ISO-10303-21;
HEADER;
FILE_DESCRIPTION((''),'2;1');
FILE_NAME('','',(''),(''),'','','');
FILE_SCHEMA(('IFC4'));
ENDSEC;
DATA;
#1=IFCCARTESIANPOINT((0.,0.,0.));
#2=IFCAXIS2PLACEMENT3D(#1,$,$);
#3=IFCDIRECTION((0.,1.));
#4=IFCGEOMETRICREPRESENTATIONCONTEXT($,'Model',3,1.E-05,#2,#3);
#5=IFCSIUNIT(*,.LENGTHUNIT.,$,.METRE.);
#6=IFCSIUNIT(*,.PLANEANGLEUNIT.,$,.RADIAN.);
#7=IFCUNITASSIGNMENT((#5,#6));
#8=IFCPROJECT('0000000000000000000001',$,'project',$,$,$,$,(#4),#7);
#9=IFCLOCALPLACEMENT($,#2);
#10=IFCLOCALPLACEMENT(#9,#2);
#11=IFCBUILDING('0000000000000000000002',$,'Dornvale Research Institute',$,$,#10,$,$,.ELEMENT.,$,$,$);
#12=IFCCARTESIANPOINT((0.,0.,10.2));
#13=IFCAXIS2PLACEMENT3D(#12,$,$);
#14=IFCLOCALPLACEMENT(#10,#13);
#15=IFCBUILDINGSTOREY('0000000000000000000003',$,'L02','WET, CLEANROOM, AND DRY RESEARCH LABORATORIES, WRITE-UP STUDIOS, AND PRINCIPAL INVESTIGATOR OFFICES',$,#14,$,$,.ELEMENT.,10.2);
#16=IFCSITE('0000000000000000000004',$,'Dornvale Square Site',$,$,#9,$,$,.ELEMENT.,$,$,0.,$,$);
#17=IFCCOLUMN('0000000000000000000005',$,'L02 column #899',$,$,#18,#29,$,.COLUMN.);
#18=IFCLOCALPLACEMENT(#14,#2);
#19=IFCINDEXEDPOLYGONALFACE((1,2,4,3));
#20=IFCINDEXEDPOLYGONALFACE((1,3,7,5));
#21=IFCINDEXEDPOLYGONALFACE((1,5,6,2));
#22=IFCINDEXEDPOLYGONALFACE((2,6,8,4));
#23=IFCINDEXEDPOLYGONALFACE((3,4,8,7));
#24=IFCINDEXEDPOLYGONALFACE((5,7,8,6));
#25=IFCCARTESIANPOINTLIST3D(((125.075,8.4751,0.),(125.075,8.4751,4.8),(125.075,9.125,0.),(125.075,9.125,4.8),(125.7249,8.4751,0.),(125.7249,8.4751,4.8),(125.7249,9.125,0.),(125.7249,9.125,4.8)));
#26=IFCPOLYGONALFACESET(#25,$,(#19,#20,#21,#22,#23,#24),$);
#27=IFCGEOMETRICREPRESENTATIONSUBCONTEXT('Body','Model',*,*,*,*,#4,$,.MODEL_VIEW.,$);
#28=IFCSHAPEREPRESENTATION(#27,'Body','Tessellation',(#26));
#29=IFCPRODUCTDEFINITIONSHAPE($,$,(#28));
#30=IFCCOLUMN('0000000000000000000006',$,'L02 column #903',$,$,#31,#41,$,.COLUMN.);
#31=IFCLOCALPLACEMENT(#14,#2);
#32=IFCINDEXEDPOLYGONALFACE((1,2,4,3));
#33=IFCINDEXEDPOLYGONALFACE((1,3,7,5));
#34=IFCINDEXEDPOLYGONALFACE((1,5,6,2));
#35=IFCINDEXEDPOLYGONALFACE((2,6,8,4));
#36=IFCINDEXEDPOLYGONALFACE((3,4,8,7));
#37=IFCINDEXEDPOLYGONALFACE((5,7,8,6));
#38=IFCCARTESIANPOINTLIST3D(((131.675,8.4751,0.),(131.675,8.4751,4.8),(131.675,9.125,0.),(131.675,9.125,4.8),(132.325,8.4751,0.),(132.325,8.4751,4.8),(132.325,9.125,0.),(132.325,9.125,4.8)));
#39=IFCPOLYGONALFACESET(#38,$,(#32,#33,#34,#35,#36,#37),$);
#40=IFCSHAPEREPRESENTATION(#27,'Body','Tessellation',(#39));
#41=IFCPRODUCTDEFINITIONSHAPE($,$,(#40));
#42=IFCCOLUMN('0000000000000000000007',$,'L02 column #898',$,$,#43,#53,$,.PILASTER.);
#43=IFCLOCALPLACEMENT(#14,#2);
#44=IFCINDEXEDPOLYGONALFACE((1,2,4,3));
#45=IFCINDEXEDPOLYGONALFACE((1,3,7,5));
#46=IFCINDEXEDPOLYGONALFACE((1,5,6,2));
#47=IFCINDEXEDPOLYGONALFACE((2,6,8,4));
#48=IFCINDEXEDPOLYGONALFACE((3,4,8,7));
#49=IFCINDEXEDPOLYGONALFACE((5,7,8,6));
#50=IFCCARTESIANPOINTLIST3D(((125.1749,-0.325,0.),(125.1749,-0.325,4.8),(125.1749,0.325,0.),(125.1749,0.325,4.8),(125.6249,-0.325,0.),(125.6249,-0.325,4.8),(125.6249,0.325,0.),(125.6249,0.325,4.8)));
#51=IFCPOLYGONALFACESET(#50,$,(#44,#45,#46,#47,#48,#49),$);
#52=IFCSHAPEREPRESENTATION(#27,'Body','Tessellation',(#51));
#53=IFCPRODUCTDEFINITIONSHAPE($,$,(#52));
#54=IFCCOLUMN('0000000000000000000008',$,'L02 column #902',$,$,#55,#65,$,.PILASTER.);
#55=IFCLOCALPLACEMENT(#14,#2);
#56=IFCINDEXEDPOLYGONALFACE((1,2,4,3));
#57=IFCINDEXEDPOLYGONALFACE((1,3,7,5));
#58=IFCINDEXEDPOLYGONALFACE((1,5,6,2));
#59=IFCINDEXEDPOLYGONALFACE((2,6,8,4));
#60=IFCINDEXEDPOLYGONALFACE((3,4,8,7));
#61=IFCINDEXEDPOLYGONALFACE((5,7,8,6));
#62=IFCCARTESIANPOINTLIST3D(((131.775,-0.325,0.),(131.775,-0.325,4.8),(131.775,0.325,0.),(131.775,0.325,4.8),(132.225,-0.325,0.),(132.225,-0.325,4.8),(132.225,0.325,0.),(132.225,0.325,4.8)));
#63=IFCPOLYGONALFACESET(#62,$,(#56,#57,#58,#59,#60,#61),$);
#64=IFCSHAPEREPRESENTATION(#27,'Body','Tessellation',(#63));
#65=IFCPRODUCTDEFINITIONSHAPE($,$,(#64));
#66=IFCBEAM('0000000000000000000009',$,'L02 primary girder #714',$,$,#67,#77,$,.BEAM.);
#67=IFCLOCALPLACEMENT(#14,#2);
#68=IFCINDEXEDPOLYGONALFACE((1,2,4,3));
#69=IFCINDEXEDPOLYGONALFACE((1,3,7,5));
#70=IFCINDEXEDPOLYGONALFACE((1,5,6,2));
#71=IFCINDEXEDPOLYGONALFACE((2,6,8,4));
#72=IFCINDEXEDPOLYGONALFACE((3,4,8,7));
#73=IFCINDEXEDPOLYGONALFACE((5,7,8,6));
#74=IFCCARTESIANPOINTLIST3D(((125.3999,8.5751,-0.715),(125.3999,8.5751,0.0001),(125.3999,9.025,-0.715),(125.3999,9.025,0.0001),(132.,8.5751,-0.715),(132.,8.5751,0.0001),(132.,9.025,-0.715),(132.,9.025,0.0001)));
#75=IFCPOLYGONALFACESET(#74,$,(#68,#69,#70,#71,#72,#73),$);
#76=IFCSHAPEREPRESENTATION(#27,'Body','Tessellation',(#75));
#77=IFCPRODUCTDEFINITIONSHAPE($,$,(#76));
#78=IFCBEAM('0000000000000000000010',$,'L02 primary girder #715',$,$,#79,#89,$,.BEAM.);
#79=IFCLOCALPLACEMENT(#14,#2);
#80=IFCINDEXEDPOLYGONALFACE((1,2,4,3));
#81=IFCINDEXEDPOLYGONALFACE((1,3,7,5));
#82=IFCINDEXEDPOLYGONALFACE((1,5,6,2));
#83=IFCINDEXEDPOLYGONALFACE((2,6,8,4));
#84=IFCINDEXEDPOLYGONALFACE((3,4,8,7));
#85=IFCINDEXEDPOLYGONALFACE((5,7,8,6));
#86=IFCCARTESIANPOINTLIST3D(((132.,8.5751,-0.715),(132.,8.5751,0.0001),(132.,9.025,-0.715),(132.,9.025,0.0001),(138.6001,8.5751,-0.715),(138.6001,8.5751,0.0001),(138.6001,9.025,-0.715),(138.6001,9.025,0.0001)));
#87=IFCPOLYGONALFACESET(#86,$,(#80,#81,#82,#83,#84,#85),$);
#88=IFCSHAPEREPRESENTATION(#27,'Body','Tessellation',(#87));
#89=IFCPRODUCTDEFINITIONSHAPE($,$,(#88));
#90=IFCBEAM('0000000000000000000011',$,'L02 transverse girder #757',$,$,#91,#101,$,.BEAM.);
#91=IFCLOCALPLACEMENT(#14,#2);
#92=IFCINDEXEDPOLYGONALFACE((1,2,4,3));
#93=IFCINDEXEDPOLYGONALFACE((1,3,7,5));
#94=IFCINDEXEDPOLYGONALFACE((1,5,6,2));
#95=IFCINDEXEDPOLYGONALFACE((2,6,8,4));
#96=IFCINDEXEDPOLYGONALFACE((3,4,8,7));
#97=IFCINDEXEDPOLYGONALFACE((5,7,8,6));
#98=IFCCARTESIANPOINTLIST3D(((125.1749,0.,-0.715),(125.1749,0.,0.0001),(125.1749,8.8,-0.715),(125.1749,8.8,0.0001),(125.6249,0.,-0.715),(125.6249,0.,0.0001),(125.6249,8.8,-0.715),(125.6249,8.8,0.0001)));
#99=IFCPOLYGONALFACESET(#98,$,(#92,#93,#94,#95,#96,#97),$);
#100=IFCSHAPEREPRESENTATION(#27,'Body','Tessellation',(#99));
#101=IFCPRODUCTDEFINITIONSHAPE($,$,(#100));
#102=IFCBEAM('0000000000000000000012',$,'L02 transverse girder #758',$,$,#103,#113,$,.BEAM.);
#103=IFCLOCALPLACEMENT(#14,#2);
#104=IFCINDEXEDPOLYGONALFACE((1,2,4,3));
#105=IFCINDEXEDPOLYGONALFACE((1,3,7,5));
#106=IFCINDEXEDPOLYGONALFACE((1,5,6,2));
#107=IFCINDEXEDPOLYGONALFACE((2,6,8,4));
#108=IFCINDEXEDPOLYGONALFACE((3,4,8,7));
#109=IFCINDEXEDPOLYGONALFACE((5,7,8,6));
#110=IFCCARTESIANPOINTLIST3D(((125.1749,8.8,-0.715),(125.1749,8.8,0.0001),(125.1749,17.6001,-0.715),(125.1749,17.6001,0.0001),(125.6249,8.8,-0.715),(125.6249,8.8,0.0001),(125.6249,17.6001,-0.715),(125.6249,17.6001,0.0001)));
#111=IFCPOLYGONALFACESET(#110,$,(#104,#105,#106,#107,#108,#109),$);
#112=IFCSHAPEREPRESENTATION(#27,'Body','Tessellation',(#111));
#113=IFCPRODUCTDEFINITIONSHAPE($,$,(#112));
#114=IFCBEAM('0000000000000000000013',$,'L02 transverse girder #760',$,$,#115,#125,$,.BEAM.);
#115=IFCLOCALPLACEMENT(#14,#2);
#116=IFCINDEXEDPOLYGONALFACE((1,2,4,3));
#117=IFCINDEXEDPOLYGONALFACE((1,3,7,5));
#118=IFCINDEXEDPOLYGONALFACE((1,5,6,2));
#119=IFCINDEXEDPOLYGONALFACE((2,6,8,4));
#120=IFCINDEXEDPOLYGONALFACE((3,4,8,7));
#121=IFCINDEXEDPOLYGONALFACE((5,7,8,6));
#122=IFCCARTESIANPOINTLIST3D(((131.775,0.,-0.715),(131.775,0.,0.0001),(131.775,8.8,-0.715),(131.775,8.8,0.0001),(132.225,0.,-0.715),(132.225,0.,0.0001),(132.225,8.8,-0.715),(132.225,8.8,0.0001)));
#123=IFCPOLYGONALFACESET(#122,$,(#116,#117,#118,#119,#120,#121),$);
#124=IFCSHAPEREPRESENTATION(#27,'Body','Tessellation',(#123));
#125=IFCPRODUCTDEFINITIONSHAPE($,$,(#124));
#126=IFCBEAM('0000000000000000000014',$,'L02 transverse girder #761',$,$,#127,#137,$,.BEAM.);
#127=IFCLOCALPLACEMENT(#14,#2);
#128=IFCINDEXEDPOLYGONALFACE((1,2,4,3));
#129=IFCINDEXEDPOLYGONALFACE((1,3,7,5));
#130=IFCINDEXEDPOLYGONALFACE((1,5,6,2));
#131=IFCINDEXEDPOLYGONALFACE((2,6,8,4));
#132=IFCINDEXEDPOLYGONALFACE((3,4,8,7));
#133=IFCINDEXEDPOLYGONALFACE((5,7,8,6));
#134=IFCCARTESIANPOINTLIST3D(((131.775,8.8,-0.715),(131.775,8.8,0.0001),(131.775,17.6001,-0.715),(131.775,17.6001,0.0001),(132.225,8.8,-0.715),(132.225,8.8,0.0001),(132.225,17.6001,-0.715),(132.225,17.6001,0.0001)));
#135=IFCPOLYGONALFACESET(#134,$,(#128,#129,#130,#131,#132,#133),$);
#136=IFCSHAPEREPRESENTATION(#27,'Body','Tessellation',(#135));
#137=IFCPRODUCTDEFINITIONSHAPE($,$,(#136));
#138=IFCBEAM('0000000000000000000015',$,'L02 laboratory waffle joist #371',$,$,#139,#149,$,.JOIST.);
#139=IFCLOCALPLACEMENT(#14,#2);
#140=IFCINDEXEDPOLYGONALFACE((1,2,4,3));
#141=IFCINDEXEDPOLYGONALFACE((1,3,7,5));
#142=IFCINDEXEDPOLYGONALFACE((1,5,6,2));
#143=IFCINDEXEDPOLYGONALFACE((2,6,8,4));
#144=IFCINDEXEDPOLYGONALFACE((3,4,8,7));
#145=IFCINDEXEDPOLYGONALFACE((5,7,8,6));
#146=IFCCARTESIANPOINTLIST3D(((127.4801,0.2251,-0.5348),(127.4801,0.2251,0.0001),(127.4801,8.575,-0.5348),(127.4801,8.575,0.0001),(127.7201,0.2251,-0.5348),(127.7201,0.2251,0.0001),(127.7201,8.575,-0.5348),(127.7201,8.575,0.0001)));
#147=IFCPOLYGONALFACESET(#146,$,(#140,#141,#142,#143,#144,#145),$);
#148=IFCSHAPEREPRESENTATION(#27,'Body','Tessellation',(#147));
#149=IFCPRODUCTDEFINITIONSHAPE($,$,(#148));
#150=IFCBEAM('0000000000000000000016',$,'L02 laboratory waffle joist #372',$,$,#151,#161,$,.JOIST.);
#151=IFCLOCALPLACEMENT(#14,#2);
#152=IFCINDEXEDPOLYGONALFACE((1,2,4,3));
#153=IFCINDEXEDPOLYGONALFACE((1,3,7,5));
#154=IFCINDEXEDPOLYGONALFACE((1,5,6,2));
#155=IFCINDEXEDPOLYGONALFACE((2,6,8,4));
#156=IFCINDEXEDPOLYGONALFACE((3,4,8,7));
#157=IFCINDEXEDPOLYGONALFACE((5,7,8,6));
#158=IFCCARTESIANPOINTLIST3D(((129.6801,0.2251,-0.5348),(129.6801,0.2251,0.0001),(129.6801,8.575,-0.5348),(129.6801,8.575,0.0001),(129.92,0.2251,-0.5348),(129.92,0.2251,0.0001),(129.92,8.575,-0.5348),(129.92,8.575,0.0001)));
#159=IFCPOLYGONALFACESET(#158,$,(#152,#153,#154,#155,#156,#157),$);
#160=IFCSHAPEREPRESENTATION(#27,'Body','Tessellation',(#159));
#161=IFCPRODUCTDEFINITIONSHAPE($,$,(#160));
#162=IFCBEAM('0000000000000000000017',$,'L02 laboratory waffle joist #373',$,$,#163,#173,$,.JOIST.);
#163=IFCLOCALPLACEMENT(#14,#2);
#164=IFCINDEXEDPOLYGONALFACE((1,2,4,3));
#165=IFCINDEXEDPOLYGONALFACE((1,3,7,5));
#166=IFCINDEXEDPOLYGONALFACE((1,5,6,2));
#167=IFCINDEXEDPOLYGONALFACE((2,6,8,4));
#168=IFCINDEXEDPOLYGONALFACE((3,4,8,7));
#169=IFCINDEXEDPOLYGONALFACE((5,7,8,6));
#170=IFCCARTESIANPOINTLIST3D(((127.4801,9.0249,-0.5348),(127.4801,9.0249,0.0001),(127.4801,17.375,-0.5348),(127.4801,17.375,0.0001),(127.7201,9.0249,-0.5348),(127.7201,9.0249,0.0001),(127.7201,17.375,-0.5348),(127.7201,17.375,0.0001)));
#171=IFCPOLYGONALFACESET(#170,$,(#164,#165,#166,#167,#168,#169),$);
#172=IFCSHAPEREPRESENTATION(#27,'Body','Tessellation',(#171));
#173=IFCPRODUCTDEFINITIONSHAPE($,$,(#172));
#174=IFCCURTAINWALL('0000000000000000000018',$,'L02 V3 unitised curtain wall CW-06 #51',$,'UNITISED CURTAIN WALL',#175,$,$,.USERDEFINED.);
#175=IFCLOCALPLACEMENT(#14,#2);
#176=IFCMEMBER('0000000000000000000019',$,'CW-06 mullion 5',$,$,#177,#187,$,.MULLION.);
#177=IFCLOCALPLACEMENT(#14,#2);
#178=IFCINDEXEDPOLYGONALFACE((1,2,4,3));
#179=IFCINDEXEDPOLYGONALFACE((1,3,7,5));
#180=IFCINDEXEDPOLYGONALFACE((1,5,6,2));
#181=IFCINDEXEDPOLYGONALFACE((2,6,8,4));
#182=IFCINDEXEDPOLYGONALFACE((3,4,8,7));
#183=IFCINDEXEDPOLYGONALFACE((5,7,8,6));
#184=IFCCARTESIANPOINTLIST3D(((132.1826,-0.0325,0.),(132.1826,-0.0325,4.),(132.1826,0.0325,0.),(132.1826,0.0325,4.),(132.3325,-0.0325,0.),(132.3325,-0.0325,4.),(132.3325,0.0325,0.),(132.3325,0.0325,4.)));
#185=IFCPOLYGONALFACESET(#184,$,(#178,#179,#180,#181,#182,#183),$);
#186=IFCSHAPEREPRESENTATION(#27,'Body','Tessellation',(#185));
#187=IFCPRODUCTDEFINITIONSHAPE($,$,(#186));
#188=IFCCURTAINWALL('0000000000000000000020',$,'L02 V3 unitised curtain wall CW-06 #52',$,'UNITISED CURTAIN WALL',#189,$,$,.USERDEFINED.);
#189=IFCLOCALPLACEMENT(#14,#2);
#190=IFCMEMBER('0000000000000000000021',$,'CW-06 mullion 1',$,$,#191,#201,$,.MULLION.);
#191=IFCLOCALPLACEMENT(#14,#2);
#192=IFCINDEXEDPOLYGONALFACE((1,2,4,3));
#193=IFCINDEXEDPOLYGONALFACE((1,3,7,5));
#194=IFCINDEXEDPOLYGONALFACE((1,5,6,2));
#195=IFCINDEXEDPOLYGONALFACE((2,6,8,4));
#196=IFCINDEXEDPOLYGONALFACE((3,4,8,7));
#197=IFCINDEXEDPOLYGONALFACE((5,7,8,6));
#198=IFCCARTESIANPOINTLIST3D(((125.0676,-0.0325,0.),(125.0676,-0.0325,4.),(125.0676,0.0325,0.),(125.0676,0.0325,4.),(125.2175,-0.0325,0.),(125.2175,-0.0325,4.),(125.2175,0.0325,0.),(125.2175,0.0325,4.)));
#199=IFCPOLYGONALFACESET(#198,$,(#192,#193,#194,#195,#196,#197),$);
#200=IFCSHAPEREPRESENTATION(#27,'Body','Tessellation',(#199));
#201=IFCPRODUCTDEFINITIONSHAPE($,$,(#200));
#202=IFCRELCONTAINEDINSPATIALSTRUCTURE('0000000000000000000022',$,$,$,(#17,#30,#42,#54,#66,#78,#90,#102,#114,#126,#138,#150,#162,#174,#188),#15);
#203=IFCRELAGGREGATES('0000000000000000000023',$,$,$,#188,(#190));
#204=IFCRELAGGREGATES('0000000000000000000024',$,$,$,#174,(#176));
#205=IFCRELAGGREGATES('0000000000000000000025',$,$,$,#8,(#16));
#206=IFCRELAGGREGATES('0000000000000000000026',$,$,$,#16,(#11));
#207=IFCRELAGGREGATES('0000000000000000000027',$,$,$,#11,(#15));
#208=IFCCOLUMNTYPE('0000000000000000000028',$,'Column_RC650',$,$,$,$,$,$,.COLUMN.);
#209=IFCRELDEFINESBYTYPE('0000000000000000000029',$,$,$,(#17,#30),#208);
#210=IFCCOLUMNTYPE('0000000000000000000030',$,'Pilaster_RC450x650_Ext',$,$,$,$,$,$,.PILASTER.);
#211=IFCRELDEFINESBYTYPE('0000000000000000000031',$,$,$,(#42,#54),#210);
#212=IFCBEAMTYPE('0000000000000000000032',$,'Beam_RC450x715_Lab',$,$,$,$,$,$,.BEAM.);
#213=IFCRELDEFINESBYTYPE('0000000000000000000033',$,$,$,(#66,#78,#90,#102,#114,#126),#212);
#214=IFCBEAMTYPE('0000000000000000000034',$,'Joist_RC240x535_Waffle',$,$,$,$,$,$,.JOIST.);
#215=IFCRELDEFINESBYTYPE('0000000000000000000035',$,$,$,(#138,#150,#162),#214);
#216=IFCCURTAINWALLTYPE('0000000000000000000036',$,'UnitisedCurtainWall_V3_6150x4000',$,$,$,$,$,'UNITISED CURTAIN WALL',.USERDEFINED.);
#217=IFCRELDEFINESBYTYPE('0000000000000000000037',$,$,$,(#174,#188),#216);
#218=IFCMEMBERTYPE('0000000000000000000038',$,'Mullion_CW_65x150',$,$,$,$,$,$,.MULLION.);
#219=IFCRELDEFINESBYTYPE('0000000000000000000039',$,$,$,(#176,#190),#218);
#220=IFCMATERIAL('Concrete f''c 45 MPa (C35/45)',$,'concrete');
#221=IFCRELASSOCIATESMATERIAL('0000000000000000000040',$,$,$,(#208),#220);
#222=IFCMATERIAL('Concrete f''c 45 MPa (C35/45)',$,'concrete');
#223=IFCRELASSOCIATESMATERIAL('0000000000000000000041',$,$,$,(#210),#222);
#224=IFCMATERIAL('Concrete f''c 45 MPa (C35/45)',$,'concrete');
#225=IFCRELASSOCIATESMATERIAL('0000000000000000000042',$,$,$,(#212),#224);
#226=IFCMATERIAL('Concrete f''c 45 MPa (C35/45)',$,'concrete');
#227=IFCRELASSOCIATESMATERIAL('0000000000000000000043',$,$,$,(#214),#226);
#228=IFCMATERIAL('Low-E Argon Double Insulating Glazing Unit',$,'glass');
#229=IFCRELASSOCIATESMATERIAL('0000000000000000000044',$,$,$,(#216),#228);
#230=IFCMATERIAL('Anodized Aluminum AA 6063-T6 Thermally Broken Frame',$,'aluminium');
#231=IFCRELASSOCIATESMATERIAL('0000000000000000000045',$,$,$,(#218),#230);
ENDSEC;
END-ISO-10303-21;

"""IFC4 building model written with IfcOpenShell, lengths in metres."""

from ifc_helpers import new_model, si_unit, direction, frame, origin, origin_2d, place, context, subcontext, project, spatial, rectangle, extrude, material, material_profile, profile_set, type_object, element, aggregate, save


model = new_model("IFC4")

# Units and contexts
model_context = context("Model", 3, precision=1e-05, world=origin(), true_north=direction((0.0, 1.0)))
body_context = subcontext(model_context, "Body", "Model", "MODEL_VIEW")
ifc_project = project(units=[si_unit("LENGTHUNIT", "METRE"), si_unit("PLANEANGLEUNIT", "RADIAN")], contexts=[model_context])

# Site, building, storey
site_placement = place(None, origin())
site = spatial("IfcSite", under=ifc_project, at=site_placement, Name="Dornvale Square Site", CompositionType="ELEMENT", RefElevation=0.0)
building_placement = place(site_placement, origin())
building = spatial("IfcBuilding", under=site, at=building_placement, Name="Dornvale Research Institute", CompositionType="ELEMENT")
storey_placement = place(building_placement, frame((0.0, 0.0, 10.2)))
storey = spatial("IfcBuildingStorey", under=building, at=storey_placement, Name="L02", Description="WET, CLEANROOM, AND DRY RESEARCH LABORATORIES, WRITE-UP STUDIOS, AND PRINCIPAL INVESTIGATOR OFFICES", CompositionType="ELEMENT", Elevation=10.2)

# Columns
ifc_material_1 = material(Name="Concrete f'c 45 MPa (C35/45)", Category="concrete")
ifc_material_profile_1 = material_profile(ifc_material_1, rectangle(XDim=0.6499, YDim=0.6499, at=origin_2d()), Name="RC 650x650")
ifc_profile_set_1 = profile_set([ifc_material_profile_1], Name="Concrete f'c 45 MPa (C35/45)")
column_type_1 = type_object("IfcColumnType", Name="Column_RC650", PredefinedType="COLUMN", material=ifc_profile_set_1)
for number, where, z_axis, x_axis, name in (
    (1, (125.3999, 8.8, 0.0), (0.0, 0.0, 1.0), (1.0, 0.0, 0.0), "L02 column #899"),
    (2, (132.0, 8.8, 0.0), (0.0, 0.0, 1.0), (1.0, 0.0, 0.0), "L02 column #903"),
):
    element("IfcColumn", number, at=place(storey_placement, frame(where, z_axis=z_axis, x_axis=x_axis)), inside=storey, type_object=column_type_1, Name=name, PredefinedType="COLUMN", context=body_context, shape_type="SweptSolid", body=[
        extrude(rectangle(XDim=0.6499, YDim=0.6499, at=origin_2d()), origin(), (0.0, 0.0, 1.0), 4.8),
    ])
ifc_material_2 = material(Name="Concrete f'c 45 MPa (C35/45)", Category="concrete")
ifc_material_profile_2 = material_profile(ifc_material_2, rectangle(XDim=0.45, YDim=0.6499, at=origin_2d()), Name="RC 450x650")
ifc_profile_set_2 = profile_set([ifc_material_profile_2], Name="Concrete f'c 45 MPa (C35/45)")
column_type_2 = type_object("IfcColumnType", Name="Pilaster_RC450x650_Ext", PredefinedType="PILASTER", material=ifc_profile_set_2)
for number, where, z_axis, x_axis, name in (
    (3, (125.3999, 0.0, 0.0), (0.0, 0.0, 1.0), (1.0, 0.0, 0.0), "L02 column #898"),
    (4, (132.0, 0.0, 0.0), (0.0, 0.0, 1.0), (1.0, 0.0, 0.0), "L02 column #902"),
):
    element("IfcColumn", number, at=place(storey_placement, frame(where, z_axis=z_axis, x_axis=x_axis)), inside=storey, type_object=column_type_2, Name=name, PredefinedType="PILASTER", context=body_context, shape_type="SweptSolid", body=[
        extrude(rectangle(XDim=0.45, YDim=0.6499, at=origin_2d()), origin(), (0.0, 0.0, 1.0), 4.8),
    ])

# Beams
ifc_material_3 = material(Name="Concrete f'c 45 MPa (C35/45)", Category="concrete")
ifc_material_profile_3 = material_profile(ifc_material_3, rectangle(XDim=0.45, YDim=0.7151, at=origin_2d()), Name="RC 450x715")
ifc_profile_set_3 = profile_set([ifc_material_profile_3], Name="Concrete f'c 45 MPa (C35/45)")
beam_type_1 = type_object("IfcBeamType", Name="Beam_RC450x715_Lab", PredefinedType="BEAM", material=ifc_profile_set_3)
for number, where, z_axis, x_axis, name in (
    (5, (125.3999, 8.8, -0.3574), (1.0, 0.0, 0.0), (0.0, 1.0, 0.0), "L02 primary girder #714"),
    (6, (132.0, 8.8, -0.3574), (1.0, 0.0, 0.0), (0.0, 1.0, 0.0), "L02 primary girder #715"),
):
    element("IfcBeam", number, at=place(storey_placement, frame(where, z_axis=z_axis, x_axis=x_axis)), inside=storey, type_object=beam_type_1, Name=name, PredefinedType="BEAM", context=body_context, shape_type="SweptSolid", body=[
        extrude(rectangle(XDim=0.45, YDim=0.7151, at=origin_2d()), origin(), (0.0, 0.0, 1.0), 6.6001),
    ])
for number, where, z_axis, x_axis, name in (
    (7, (125.3999, 0.0, -0.3574), (0.0, 1.0, 0.0), (-1.0, 0.0, 0.0), "L02 transverse girder #757"),
    (8, (125.3999, 8.8, -0.3574), (0.0, 1.0, 0.0), (-1.0, 0.0, 0.0), "L02 transverse girder #758"),
    (9, (132.0, 0.0, -0.3574), (0.0, 1.0, 0.0), (-1.0, 0.0, 0.0), "L02 transverse girder #760"),
    (10, (132.0, 8.8, -0.3574), (0.0, 1.0, 0.0), (-1.0, 0.0, 0.0), "L02 transverse girder #761"),
):
    element("IfcBeam", number, at=place(storey_placement, frame(where, z_axis=z_axis, x_axis=x_axis)), inside=storey, type_object=beam_type_1, Name=name, PredefinedType="BEAM", context=body_context, shape_type="SweptSolid", body=[
        extrude(rectangle(XDim=0.45, YDim=0.7151, at=origin_2d()), origin(), (0.0, 0.0, 1.0), 8.8),
    ])
ifc_material_4 = material(Name="Concrete f'c 45 MPa (C35/45)", Category="concrete")
ifc_material_profile_4 = material_profile(ifc_material_4, rectangle(XDim=0.24, YDim=0.5349, at=origin_2d()), Name="RC 240x535")
ifc_profile_set_4 = profile_set([ifc_material_profile_4], Name="Concrete f'c 45 MPa (C35/45)")
beam_type_2 = type_object("IfcBeamType", Name="Joist_RC240x535_Waffle", PredefinedType="JOIST", material=ifc_profile_set_4)
for number, where, z_axis, x_axis, name in (
    (11, (127.6001, 0.2251, -0.2673), (0.0, 1.0, 0.0), (-1.0, 0.0, 0.0), "L02 laboratory waffle joist #371"),
    (12, (129.8, 0.2251, -0.2673), (0.0, 1.0, 0.0), (-1.0, 0.0, 0.0), "L02 laboratory waffle joist #372"),
):
    element("IfcBeam", number, at=place(storey_placement, frame(where, z_axis=z_axis, x_axis=x_axis)), inside=storey, type_object=beam_type_2, Name=name, PredefinedType="JOIST", context=body_context, shape_type="SweptSolid", body=[
        extrude(rectangle(XDim=0.24, YDim=0.5349, at=origin_2d()), origin(), (0.0, 0.0, 1.0), 8.3499),
    ])
beam_placement = place(storey_placement, frame((127.6001, 9.0249, -0.2673), z_axis=(0.0, 1.0, 0.0), x_axis=(-1.0, 0.0, 0.0)))
element("IfcBeam", 13, at=beam_placement, inside=storey, type_object=beam_type_2, Name="L02 laboratory waffle joist #373", PredefinedType="JOIST", context=body_context, shape_type="SweptSolid", body=[
    extrude(rectangle(XDim=0.24, YDim=0.5349, at=origin_2d()), origin(), (0.0, 0.0, 1.0), 8.3501),
])

# Curtain walls, members
ifc_material_5 = material(Name="Low-E Argon Double Insulating Glazing Unit", Category="glass")
curtain_wall_type = type_object("IfcCurtainWallType", Name="UnitisedCurtainWall_V3_6150x4000", ElementType="UNITISED CURTAIN WALL", PredefinedType="USERDEFINED", material=ifc_material_5)
curtain_wall_1_placement = place(storey_placement, origin())
curtain_wall_1 = element("IfcCurtainWall", 14, at=curtain_wall_1_placement, inside=storey, type_object=curtain_wall_type, Name="L02 V3 unitised curtain wall CW-06 #51", ObjectType="UNITISED CURTAIN WALL", PredefinedType="USERDEFINED")
ifc_material_6 = material(Name="Anodized Aluminum AA 6063-T6 Thermally Broken Frame", Category="aluminium")
ifc_material_profile_5 = material_profile(ifc_material_6, rectangle(XDim=0.0649, YDim=0.1499, at=origin_2d()), Name="ALU MULLION 65x150")
ifc_profile_set_5 = profile_set([ifc_material_profile_5], Name="Anodized Aluminum AA 6063-T6 Thermally Broken Frame")
member_type_1 = type_object("IfcMemberType", Name="Mullion_CW_65x150", PredefinedType="MULLION", material=ifc_profile_set_5)
member_1_placement = place(storey_placement, frame((132.2576, 0.0, 0.0), z_axis=(0.0, 0.0, 1.0), x_axis=(0.0, -1.0, 0.0)))
member_1 = element("IfcMember", 15, at=member_1_placement, type_object=member_type_1, Name="CW-06 mullion 5", PredefinedType="MULLION", context=body_context, shape_type="SweptSolid", body=[
    extrude(rectangle(XDim=0.0649, YDim=0.1499, at=origin_2d()), origin(), (0.0, 0.0, 1.0), 4.0),
])
curtain_wall_2_placement = place(storey_placement, origin())
curtain_wall_2 = element("IfcCurtainWall", 16, at=curtain_wall_2_placement, inside=storey, type_object=curtain_wall_type, Name="L02 V3 unitised curtain wall CW-06 #52", ObjectType="UNITISED CURTAIN WALL", PredefinedType="USERDEFINED")
member_2_placement = place(storey_placement, frame((125.1426, 0.0, 0.0), z_axis=(0.0, 0.0, 1.0), x_axis=(0.0, -1.0, 0.0)))
member_2 = element("IfcMember", 17, at=member_2_placement, type_object=member_type_1, Name="CW-06 mullion 1", PredefinedType="MULLION", context=body_context, shape_type="SweptSolid", body=[
    extrude(rectangle(XDim=0.0649, YDim=0.1499, at=origin_2d()), origin(), (0.0, 0.0, 1.0), 4.0),
])
aggregate(curtain_wall_2, [member_2])

aggregate(curtain_wall_1, [member_1])

save(model, "model.ifc")
